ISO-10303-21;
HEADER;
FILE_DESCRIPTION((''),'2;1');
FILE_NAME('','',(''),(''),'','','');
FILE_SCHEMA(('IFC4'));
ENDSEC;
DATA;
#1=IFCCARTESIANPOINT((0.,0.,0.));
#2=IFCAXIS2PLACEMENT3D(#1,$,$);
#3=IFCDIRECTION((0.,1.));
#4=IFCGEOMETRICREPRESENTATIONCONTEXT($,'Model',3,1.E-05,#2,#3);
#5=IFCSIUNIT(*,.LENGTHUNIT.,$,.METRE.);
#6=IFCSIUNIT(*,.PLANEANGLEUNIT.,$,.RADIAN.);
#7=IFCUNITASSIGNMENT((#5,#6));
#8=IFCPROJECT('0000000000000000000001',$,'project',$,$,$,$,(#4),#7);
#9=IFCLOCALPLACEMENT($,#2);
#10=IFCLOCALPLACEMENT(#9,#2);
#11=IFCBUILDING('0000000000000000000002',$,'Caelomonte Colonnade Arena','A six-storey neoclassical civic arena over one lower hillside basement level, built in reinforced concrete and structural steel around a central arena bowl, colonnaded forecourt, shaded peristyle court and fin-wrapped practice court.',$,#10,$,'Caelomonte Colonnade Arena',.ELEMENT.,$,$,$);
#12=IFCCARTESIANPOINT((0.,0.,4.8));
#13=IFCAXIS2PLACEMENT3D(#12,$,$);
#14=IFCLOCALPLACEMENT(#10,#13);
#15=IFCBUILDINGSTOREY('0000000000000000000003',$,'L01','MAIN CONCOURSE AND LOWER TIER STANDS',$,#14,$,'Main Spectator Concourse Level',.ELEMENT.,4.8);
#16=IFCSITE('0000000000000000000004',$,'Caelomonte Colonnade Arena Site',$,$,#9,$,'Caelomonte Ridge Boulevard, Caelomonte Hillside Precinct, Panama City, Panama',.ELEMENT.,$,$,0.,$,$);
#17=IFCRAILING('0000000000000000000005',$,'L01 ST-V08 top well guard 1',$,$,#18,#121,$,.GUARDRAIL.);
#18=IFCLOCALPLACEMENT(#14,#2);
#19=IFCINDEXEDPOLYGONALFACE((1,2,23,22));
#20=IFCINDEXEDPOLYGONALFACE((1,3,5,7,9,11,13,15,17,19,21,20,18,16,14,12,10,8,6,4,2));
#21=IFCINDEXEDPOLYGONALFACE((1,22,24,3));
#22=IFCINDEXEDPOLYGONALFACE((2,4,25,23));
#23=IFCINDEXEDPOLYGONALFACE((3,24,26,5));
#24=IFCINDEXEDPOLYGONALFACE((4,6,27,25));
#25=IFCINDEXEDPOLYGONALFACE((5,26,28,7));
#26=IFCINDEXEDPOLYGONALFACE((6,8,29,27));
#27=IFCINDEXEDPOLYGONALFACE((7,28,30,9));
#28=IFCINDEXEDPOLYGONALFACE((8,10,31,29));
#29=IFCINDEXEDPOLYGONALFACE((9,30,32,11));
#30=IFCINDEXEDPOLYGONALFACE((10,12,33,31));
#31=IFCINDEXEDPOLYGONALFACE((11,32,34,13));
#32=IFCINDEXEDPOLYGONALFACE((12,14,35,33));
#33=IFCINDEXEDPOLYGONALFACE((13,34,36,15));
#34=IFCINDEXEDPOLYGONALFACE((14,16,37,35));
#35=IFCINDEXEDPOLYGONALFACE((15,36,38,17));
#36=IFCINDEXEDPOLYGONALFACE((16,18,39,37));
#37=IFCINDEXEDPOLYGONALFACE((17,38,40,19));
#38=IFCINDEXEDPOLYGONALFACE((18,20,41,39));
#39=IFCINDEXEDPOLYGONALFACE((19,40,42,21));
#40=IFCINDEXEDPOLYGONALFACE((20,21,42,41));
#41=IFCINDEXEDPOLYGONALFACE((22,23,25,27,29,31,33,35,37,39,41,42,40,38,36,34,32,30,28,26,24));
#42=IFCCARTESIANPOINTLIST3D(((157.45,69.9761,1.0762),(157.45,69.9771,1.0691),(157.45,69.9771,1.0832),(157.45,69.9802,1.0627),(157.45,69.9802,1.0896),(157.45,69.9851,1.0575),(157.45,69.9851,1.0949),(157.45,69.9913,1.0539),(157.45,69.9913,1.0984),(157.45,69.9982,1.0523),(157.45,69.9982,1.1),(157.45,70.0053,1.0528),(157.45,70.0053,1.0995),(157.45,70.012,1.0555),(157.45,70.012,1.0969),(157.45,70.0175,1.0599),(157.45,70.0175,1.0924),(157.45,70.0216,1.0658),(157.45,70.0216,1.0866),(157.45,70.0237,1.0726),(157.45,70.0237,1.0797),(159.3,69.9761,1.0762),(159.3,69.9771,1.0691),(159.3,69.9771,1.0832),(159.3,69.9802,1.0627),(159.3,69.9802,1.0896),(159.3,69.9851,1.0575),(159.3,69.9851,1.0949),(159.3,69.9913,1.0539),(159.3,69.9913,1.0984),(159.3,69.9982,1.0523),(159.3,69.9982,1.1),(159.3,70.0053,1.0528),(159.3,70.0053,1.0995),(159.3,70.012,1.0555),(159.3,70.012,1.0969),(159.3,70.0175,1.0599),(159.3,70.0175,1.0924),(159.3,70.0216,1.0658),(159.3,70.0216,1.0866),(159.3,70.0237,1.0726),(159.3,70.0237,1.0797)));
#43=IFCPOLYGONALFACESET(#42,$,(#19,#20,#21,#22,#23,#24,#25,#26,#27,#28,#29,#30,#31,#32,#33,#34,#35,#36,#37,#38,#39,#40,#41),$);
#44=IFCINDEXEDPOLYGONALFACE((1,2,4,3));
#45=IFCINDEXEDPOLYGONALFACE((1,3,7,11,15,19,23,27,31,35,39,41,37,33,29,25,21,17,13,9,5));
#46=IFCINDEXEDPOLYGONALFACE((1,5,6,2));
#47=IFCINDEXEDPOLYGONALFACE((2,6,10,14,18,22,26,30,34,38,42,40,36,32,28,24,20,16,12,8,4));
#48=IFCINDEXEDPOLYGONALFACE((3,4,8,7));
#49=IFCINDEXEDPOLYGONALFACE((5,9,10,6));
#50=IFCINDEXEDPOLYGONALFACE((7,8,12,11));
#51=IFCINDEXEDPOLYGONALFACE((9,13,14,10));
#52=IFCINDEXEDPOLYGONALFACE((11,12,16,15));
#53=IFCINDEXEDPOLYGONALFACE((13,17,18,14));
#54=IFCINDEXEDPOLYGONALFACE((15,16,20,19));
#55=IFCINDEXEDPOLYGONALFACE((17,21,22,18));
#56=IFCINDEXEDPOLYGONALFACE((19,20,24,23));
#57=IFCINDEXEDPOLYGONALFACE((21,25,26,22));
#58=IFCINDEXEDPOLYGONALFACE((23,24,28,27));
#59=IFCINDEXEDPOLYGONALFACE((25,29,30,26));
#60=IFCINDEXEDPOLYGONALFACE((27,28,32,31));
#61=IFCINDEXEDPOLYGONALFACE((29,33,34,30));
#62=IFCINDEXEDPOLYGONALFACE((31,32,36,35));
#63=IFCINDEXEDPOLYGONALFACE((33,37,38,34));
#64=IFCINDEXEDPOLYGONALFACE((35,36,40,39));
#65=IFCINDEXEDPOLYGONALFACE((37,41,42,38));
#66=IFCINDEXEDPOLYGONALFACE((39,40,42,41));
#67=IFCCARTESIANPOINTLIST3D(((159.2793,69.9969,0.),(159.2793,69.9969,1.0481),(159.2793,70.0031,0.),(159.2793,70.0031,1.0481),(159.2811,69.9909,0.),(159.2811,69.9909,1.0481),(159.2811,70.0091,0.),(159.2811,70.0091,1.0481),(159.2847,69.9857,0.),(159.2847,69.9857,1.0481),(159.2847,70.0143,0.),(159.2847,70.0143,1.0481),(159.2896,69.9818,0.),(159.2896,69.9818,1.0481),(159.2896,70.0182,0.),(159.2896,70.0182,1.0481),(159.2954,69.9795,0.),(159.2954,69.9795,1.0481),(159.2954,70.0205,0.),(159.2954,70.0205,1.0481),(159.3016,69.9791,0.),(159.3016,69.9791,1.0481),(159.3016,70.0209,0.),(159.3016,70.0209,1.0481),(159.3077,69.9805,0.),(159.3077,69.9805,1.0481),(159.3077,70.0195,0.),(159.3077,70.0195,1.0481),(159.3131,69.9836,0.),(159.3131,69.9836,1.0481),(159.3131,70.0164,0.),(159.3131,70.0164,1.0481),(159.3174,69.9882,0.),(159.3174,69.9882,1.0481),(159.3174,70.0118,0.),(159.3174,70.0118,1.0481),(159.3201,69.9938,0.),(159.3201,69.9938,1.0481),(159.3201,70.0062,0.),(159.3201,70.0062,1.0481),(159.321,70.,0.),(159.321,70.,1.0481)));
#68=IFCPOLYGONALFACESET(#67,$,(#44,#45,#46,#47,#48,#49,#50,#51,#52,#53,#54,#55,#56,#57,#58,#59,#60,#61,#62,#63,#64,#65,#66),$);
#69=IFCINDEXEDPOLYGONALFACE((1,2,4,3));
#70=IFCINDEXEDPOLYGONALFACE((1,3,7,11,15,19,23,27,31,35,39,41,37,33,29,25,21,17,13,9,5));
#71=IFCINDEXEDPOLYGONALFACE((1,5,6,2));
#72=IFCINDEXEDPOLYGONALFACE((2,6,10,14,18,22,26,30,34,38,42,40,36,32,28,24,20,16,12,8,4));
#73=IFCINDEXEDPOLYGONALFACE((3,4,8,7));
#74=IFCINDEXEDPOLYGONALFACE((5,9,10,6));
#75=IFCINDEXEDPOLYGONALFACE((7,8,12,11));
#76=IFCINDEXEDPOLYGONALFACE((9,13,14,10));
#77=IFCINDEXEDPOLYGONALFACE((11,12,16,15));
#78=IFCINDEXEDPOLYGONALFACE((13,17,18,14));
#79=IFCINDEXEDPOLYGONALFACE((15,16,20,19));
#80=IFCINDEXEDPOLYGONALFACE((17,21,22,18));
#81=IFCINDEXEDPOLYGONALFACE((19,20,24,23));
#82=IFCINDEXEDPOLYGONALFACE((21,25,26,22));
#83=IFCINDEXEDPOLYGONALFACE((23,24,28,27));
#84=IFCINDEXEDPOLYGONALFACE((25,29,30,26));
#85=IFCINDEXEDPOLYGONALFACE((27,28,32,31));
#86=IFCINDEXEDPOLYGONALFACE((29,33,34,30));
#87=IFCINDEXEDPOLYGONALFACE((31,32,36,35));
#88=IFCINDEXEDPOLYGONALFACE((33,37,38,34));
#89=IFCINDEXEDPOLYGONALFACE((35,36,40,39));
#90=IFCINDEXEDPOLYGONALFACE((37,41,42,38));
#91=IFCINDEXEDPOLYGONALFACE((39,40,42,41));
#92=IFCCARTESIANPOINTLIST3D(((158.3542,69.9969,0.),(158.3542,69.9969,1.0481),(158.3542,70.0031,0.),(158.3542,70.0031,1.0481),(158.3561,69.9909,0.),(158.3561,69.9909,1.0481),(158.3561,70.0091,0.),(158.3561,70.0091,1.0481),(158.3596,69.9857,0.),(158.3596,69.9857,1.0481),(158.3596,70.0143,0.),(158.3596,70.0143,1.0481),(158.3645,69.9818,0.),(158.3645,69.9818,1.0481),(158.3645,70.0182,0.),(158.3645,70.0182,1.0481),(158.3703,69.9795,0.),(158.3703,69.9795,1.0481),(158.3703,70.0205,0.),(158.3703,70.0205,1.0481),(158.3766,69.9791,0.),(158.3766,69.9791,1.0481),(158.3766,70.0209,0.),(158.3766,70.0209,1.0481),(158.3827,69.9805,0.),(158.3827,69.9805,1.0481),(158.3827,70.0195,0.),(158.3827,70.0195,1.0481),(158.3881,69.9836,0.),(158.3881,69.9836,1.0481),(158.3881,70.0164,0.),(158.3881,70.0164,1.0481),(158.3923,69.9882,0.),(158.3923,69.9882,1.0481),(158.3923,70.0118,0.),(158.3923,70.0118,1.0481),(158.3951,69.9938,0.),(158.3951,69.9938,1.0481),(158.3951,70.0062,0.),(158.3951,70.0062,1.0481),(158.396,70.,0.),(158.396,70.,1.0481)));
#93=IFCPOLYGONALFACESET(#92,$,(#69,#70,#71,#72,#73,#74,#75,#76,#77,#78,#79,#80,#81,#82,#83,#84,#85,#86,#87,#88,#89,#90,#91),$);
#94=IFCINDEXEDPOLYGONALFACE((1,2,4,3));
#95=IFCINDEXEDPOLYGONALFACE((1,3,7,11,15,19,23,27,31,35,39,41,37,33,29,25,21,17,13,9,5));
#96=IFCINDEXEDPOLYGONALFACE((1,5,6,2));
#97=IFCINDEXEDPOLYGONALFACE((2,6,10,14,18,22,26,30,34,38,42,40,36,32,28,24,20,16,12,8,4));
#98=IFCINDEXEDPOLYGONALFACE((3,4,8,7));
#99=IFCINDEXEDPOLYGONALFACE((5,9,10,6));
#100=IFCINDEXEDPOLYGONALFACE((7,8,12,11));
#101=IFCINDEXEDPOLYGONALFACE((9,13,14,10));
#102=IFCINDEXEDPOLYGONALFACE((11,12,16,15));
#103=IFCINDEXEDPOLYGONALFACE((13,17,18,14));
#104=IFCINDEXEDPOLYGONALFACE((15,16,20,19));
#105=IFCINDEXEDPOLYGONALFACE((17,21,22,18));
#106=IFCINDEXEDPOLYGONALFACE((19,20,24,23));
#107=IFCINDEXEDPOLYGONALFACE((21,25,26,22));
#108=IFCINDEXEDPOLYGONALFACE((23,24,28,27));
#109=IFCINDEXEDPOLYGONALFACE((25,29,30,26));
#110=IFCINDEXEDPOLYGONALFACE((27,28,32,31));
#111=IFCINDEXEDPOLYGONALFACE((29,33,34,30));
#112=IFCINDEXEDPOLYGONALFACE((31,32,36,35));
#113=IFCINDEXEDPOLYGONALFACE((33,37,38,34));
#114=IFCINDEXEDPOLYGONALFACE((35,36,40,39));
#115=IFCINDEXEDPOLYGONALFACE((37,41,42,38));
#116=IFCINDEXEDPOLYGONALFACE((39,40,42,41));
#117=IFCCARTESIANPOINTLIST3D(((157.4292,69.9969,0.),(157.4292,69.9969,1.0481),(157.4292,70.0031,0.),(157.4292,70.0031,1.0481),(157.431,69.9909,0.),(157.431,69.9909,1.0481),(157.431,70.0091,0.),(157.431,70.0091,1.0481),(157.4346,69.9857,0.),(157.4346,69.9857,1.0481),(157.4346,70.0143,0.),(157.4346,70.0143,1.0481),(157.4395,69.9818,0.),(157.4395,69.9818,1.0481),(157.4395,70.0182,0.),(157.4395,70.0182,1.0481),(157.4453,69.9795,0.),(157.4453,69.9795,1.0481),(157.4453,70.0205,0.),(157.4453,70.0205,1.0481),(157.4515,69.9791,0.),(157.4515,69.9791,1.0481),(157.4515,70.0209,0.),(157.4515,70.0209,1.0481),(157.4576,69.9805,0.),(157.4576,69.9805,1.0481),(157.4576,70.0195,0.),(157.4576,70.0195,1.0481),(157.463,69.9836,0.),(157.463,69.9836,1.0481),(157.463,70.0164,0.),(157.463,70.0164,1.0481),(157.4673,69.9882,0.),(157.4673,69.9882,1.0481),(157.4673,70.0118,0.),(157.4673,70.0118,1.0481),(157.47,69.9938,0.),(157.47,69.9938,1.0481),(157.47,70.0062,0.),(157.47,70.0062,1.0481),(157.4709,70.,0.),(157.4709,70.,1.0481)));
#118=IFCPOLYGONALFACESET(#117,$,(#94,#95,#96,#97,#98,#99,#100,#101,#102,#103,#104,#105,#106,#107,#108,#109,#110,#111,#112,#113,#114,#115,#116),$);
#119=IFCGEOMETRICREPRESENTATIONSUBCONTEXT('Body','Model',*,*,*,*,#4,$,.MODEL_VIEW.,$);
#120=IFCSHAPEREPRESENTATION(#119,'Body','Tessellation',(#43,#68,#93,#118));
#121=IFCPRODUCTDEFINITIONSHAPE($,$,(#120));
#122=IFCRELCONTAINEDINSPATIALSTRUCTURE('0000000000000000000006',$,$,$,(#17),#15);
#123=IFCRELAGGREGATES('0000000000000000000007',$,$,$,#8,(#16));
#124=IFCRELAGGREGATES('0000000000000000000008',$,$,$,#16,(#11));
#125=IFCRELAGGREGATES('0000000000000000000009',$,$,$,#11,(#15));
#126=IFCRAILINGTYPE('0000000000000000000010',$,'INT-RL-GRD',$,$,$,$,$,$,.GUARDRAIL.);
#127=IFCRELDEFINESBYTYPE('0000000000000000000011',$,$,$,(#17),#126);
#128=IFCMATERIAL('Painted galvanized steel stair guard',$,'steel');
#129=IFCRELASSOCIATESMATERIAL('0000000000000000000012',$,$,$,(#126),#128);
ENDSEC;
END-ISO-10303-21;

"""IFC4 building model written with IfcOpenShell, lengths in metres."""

from ifc_helpers import new_model, si_unit, direction, frame, origin, origin_2d, place, context, subcontext, project, spatial, circle, extrude, material, type_object, element, save


model = new_model("IFC4")

# Units and contexts
model_context = context("Model", 3, precision=1e-05, world=origin(), true_north=direction((0.0, 1.0)))
body_context = subcontext(model_context, "Body", "Model", "MODEL_VIEW")
ifc_project = project(units=[si_unit("LENGTHUNIT", "METRE"), si_unit("PLANEANGLEUNIT", "RADIAN")], contexts=[model_context])

# Site, building, storey
site_placement = place(None, origin())
site = spatial("IfcSite", under=ifc_project, at=site_placement, Name="Caelomonte Colonnade Arena Site", LongName="Caelomonte Ridge Boulevard, Caelomonte Hillside Precinct, Panama City, Panama", CompositionType="ELEMENT", RefElevation=0.0)
building_placement = place(site_placement, origin())
building = spatial("IfcBuilding", under=site, at=building_placement, Name="Caelomonte Colonnade Arena", Description="A six-storey neoclassical civic arena over one lower hillside basement level, built in reinforced concrete and structural steel around a central arena bowl, colonnaded forecourt, shaded peristyle court and fin-wrapped practice court.", LongName="Caelomonte Colonnade Arena", CompositionType="ELEMENT")
storey_placement = place(building_placement, frame((0.0, 0.0, 4.8)))
storey = spatial("IfcBuildingStorey", under=building, at=storey_placement, Name="L01", Description="MAIN CONCOURSE AND LOWER TIER STANDS", LongName="Main Spectator Concourse Level", CompositionType="ELEMENT", Elevation=4.8)

# Railing
ifc_material_1 = material(Name="Painted galvanized steel stair guard", Category="steel")
railing_type = type_object("IfcRailingType", Name="INT-RL-GRD", PredefinedType="GUARDRAIL", material=ifc_material_1)
railing_placement = place(storey_placement, frame((159.3, 70.0, 0.0)))
element("IfcRailing", 1, at=railing_placement, inside=storey, type_object=railing_type, Name="L01 ST-V08 top well guard 1", PredefinedType="GUARDRAIL", context=body_context, shape_type="SweptSolid", body=[
    extrude(circle(Radius=0.0239, at=origin_2d()), frame((0.0, 0.0, 1.0762), z_axis=(-1.0, 0.0, 0.0), x_axis=(0.0, -1.0, 0.0)), (0.0, 0.0, 1.0), 1.8501),
    extrude(circle(Radius=0.021, at=origin_2d()), origin(), (0.0, 0.0, 1.0), 1.0481),
    extrude(circle(Radius=0.021, at=origin_2d()), frame((-0.925, 0.0, 0.0)), (0.0, 0.0, 1.0), 1.0481),
    extrude(circle(Radius=0.021, at=origin_2d()), frame((-1.8501, 0.0, 0.0)), (0.0, 0.0, 1.0), 1.0481),
])

save(model, "model.ifc")
